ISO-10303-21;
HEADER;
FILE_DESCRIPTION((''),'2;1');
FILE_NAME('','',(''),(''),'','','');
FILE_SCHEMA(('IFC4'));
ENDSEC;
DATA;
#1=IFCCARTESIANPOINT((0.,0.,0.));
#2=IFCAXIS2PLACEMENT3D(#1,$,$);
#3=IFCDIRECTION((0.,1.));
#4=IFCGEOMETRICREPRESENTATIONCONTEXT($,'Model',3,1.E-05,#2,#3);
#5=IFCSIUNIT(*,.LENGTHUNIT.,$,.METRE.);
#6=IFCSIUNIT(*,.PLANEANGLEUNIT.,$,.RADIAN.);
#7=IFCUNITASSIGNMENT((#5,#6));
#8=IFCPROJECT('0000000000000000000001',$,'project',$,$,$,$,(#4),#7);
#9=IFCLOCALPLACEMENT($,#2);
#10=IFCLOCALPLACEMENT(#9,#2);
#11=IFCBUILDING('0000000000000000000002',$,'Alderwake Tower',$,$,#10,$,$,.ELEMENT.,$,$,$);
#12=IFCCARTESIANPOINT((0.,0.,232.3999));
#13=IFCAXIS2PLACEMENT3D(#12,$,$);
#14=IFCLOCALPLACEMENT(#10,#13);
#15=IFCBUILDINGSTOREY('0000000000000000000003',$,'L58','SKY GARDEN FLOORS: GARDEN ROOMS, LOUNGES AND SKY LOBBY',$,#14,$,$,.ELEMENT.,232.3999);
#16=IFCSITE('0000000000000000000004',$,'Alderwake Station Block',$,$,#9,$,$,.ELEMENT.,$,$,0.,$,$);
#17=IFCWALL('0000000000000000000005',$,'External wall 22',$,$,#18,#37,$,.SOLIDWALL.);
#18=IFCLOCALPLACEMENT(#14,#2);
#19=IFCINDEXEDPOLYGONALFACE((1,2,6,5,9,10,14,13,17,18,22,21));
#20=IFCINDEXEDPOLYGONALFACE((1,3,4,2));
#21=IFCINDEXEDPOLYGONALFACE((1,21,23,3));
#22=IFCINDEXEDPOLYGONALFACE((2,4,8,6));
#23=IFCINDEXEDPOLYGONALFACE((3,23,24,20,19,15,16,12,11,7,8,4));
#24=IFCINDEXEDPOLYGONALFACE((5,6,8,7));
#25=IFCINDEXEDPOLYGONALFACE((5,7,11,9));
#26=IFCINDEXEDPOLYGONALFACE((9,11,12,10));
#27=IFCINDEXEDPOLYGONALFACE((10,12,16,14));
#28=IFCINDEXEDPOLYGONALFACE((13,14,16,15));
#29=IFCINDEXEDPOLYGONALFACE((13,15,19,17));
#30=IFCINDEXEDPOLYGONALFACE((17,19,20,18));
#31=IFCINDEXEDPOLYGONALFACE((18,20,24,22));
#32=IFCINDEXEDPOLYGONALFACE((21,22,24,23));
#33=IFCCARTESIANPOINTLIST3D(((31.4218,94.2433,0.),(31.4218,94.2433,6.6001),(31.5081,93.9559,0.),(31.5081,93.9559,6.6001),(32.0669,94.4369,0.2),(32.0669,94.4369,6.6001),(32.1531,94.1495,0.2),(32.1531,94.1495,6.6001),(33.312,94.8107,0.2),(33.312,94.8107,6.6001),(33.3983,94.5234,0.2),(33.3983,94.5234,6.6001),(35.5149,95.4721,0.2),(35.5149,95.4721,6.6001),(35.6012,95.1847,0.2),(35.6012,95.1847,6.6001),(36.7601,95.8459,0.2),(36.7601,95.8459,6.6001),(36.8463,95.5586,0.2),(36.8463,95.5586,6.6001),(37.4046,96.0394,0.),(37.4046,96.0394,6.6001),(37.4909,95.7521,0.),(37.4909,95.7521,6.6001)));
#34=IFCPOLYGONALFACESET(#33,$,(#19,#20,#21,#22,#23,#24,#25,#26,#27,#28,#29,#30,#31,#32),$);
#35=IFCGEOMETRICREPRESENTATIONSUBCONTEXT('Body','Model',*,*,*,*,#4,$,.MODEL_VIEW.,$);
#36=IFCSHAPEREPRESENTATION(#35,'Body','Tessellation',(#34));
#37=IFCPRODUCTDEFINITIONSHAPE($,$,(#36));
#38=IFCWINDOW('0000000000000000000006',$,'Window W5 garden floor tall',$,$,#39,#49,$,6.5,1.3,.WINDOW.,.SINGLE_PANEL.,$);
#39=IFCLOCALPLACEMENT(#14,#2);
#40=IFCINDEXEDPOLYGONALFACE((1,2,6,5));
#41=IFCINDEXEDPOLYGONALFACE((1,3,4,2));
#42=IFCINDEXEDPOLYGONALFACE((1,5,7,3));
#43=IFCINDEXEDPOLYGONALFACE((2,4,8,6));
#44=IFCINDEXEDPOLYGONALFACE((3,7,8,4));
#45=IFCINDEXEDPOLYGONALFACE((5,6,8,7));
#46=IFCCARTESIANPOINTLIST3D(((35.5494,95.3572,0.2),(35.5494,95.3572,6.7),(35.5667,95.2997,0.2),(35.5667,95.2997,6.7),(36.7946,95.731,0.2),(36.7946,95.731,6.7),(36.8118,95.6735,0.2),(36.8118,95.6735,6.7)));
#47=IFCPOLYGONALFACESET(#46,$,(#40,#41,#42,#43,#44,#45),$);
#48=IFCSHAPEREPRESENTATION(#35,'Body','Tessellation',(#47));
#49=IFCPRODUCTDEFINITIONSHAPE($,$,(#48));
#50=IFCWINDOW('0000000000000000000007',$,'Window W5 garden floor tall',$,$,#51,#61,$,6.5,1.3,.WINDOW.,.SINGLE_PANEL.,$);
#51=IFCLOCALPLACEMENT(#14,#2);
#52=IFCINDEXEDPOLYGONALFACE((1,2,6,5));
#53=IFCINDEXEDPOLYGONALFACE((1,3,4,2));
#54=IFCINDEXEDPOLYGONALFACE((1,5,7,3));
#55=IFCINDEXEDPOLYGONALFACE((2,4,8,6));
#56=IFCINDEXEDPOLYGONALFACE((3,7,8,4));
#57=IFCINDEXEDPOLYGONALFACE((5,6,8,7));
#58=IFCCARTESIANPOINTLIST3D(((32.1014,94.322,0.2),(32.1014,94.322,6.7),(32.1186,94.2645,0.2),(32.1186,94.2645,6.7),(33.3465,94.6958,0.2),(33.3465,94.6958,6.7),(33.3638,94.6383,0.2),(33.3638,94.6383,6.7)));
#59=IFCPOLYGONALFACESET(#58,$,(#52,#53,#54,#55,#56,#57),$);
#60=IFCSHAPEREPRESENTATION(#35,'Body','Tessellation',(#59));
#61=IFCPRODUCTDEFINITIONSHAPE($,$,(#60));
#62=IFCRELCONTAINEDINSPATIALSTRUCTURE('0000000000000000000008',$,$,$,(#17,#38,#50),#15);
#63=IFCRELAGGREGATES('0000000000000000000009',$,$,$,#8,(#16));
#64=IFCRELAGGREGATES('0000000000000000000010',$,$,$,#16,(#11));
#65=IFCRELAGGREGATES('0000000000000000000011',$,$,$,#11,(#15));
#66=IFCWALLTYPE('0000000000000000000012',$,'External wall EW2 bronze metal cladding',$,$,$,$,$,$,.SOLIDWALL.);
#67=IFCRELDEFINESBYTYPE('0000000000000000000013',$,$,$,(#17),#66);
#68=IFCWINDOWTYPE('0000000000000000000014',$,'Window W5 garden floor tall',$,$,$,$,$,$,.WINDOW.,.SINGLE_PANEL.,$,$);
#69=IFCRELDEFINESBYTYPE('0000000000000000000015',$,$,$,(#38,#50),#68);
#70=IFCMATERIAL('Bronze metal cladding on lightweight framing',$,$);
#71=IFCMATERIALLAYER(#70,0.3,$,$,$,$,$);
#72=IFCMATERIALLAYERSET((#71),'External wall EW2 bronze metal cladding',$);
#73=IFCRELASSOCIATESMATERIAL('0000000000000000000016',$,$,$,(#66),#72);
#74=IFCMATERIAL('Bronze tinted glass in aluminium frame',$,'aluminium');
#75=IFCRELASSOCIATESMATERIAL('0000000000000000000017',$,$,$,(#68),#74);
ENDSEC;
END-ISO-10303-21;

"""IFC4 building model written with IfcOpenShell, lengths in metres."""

from ifc_helpers import new_model, si_unit, direction, frame, frame_2d, origin, place, context, subcontext, project, spatial, rectangle, extrude, material, layer, layer_set, type_object, element, fill, save


model = new_model("IFC4")

# Units and contexts
model_context = context("Model", 3, precision=1e-05, world=origin(), true_north=direction((0.0, 1.0)))
body_context = subcontext(model_context, "Body", "Model", "MODEL_VIEW")
ifc_project = project(units=[si_unit("LENGTHUNIT", "METRE"), si_unit("PLANEANGLEUNIT", "RADIAN")], contexts=[model_context])

# Site, building, storey
site_placement = place(None, origin())
site = spatial("IfcSite", under=ifc_project, at=site_placement, Name="Alderwake Station Block", CompositionType="ELEMENT", RefElevation=0.0)
building_placement = place(site_placement, origin())
building = spatial("IfcBuilding", under=site, at=building_placement, Name="Alderwake Tower", CompositionType="ELEMENT")
storey_placement = place(building_placement, frame((0.0, 0.0, 232.3999)))
storey = spatial("IfcBuildingStorey", under=building, at=storey_placement, Name="L58", Description="SKY GARDEN FLOORS: GARDEN ROOMS, LOUNGES AND SKY LOBBY", CompositionType="ELEMENT", Elevation=232.3999)

# Wall, openings, windows
ifc_material_1 = material(Name="Bronze metal cladding on lightweight framing")
ifc_layer_1 = layer(ifc_material_1, 0.3)
ifc_layer_set_1 = layer_set([ifc_layer_1], Name="External wall EW2 bronze metal cladding")
wall_type_1 = type_object("IfcWallType", Name="External wall EW2 bronze metal cladding", PredefinedType="SOLIDWALL", material=ifc_layer_set_1)
wall_1_placement = place(storey_placement, frame((37.4478, 95.8958, 0.0), z_axis=(0.0, 0.0, 1.0), x_axis=(-0.957767, -0.287545, 0.0)))
wall_1 = element("IfcWall", 1, at=wall_1_placement, inside=storey, type_object=wall_type_1, Name="External wall 22", PredefinedType="SOLIDWALL", context=body_context, shape_type="SweptSolid", body=[
    extrude(rectangle(XDim=6.2466, YDim=0.3, at=frame_2d((3.1233, 0.0))), origin(), (0.0, 0.0, 1.0), 6.6001),
])
opening_1_placement = place(wall_1_placement, frame((0.6731, 0.0, 0.2)))
opening_1 = element("IfcOpeningElement", 2, at=opening_1_placement, cuts=wall_1, PredefinedType="OPENING", context=body_context, shape_type="SweptSolid", body=[
    extrude(rectangle(XDim=1.3, YDim=6.5, at=frame_2d((0.6499, 3.25))), frame((0.0, 0.1599, 0.0), z_axis=(0.0, -1.0, 0.0), x_axis=(1.0, 0.0, 0.0)), (0.0, 0.0, 1.0), 0.3201),
])
opening_2_placement = place(wall_1_placement, frame((4.2732, 0.0, 0.2)))
opening_2 = element("IfcOpeningElement", 3, at=opening_2_placement, cuts=wall_1, PredefinedType="OPENING", context=body_context, shape_type="SweptSolid", body=[
    extrude(rectangle(XDim=1.3, YDim=6.5, at=frame_2d((0.6499, 3.25))), frame((0.0, 0.1599, 0.0), z_axis=(0.0, -1.0, 0.0), x_axis=(1.0, 0.0, 0.0)), (0.0, 0.0, 1.0), 0.3201),
])
ifc_material_2 = material(Name="Bronze tinted glass in aluminium frame", Category="aluminium")
window_type = type_object("IfcWindowType", Name="Window W5 garden floor tall", PartitioningType="SINGLE_PANEL", PredefinedType="WINDOW", material=ifc_material_2)
window_1_placement = place(opening_1_placement, origin())
window_1 = element("IfcWindow", 4, at=window_1_placement, inside=storey, type_object=window_type, Name="Window W5 garden floor tall", OverallHeight=6.5, OverallWidth=1.3, PartitioningType="SINGLE_PANEL", PredefinedType="WINDOW", context=body_context, shape_type="SweptSolid", body=[
    extrude(rectangle(XDim=1.3, YDim=6.5, at=frame_2d((0.6499, 3.25))), frame((0.0, 0.03, 0.0), z_axis=(0.0, -1.0, 0.0), x_axis=(1.0, 0.0, 0.0)), (0.0, 0.0, 1.0), 0.0601),
])
fill(opening_1, window_1)
window_2_placement = place(opening_2_placement, origin())
window_2 = element("IfcWindow", 5, at=window_2_placement, inside=storey, type_object=window_type, Name="Window W5 garden floor tall", OverallHeight=6.5, OverallWidth=1.3, PartitioningType="SINGLE_PANEL", PredefinedType="WINDOW", context=body_context, shape_type="SweptSolid", body=[
    extrude(rectangle(XDim=1.3, YDim=6.5, at=frame_2d((0.6499, 3.25))), frame((0.0, 0.03, 0.0), z_axis=(0.0, -1.0, 0.0), x_axis=(1.0, 0.0, 0.0)), (0.0, 0.0, 1.0), 0.0601),
])
fill(opening_2, window_2)

save(model, "model.ifc")
